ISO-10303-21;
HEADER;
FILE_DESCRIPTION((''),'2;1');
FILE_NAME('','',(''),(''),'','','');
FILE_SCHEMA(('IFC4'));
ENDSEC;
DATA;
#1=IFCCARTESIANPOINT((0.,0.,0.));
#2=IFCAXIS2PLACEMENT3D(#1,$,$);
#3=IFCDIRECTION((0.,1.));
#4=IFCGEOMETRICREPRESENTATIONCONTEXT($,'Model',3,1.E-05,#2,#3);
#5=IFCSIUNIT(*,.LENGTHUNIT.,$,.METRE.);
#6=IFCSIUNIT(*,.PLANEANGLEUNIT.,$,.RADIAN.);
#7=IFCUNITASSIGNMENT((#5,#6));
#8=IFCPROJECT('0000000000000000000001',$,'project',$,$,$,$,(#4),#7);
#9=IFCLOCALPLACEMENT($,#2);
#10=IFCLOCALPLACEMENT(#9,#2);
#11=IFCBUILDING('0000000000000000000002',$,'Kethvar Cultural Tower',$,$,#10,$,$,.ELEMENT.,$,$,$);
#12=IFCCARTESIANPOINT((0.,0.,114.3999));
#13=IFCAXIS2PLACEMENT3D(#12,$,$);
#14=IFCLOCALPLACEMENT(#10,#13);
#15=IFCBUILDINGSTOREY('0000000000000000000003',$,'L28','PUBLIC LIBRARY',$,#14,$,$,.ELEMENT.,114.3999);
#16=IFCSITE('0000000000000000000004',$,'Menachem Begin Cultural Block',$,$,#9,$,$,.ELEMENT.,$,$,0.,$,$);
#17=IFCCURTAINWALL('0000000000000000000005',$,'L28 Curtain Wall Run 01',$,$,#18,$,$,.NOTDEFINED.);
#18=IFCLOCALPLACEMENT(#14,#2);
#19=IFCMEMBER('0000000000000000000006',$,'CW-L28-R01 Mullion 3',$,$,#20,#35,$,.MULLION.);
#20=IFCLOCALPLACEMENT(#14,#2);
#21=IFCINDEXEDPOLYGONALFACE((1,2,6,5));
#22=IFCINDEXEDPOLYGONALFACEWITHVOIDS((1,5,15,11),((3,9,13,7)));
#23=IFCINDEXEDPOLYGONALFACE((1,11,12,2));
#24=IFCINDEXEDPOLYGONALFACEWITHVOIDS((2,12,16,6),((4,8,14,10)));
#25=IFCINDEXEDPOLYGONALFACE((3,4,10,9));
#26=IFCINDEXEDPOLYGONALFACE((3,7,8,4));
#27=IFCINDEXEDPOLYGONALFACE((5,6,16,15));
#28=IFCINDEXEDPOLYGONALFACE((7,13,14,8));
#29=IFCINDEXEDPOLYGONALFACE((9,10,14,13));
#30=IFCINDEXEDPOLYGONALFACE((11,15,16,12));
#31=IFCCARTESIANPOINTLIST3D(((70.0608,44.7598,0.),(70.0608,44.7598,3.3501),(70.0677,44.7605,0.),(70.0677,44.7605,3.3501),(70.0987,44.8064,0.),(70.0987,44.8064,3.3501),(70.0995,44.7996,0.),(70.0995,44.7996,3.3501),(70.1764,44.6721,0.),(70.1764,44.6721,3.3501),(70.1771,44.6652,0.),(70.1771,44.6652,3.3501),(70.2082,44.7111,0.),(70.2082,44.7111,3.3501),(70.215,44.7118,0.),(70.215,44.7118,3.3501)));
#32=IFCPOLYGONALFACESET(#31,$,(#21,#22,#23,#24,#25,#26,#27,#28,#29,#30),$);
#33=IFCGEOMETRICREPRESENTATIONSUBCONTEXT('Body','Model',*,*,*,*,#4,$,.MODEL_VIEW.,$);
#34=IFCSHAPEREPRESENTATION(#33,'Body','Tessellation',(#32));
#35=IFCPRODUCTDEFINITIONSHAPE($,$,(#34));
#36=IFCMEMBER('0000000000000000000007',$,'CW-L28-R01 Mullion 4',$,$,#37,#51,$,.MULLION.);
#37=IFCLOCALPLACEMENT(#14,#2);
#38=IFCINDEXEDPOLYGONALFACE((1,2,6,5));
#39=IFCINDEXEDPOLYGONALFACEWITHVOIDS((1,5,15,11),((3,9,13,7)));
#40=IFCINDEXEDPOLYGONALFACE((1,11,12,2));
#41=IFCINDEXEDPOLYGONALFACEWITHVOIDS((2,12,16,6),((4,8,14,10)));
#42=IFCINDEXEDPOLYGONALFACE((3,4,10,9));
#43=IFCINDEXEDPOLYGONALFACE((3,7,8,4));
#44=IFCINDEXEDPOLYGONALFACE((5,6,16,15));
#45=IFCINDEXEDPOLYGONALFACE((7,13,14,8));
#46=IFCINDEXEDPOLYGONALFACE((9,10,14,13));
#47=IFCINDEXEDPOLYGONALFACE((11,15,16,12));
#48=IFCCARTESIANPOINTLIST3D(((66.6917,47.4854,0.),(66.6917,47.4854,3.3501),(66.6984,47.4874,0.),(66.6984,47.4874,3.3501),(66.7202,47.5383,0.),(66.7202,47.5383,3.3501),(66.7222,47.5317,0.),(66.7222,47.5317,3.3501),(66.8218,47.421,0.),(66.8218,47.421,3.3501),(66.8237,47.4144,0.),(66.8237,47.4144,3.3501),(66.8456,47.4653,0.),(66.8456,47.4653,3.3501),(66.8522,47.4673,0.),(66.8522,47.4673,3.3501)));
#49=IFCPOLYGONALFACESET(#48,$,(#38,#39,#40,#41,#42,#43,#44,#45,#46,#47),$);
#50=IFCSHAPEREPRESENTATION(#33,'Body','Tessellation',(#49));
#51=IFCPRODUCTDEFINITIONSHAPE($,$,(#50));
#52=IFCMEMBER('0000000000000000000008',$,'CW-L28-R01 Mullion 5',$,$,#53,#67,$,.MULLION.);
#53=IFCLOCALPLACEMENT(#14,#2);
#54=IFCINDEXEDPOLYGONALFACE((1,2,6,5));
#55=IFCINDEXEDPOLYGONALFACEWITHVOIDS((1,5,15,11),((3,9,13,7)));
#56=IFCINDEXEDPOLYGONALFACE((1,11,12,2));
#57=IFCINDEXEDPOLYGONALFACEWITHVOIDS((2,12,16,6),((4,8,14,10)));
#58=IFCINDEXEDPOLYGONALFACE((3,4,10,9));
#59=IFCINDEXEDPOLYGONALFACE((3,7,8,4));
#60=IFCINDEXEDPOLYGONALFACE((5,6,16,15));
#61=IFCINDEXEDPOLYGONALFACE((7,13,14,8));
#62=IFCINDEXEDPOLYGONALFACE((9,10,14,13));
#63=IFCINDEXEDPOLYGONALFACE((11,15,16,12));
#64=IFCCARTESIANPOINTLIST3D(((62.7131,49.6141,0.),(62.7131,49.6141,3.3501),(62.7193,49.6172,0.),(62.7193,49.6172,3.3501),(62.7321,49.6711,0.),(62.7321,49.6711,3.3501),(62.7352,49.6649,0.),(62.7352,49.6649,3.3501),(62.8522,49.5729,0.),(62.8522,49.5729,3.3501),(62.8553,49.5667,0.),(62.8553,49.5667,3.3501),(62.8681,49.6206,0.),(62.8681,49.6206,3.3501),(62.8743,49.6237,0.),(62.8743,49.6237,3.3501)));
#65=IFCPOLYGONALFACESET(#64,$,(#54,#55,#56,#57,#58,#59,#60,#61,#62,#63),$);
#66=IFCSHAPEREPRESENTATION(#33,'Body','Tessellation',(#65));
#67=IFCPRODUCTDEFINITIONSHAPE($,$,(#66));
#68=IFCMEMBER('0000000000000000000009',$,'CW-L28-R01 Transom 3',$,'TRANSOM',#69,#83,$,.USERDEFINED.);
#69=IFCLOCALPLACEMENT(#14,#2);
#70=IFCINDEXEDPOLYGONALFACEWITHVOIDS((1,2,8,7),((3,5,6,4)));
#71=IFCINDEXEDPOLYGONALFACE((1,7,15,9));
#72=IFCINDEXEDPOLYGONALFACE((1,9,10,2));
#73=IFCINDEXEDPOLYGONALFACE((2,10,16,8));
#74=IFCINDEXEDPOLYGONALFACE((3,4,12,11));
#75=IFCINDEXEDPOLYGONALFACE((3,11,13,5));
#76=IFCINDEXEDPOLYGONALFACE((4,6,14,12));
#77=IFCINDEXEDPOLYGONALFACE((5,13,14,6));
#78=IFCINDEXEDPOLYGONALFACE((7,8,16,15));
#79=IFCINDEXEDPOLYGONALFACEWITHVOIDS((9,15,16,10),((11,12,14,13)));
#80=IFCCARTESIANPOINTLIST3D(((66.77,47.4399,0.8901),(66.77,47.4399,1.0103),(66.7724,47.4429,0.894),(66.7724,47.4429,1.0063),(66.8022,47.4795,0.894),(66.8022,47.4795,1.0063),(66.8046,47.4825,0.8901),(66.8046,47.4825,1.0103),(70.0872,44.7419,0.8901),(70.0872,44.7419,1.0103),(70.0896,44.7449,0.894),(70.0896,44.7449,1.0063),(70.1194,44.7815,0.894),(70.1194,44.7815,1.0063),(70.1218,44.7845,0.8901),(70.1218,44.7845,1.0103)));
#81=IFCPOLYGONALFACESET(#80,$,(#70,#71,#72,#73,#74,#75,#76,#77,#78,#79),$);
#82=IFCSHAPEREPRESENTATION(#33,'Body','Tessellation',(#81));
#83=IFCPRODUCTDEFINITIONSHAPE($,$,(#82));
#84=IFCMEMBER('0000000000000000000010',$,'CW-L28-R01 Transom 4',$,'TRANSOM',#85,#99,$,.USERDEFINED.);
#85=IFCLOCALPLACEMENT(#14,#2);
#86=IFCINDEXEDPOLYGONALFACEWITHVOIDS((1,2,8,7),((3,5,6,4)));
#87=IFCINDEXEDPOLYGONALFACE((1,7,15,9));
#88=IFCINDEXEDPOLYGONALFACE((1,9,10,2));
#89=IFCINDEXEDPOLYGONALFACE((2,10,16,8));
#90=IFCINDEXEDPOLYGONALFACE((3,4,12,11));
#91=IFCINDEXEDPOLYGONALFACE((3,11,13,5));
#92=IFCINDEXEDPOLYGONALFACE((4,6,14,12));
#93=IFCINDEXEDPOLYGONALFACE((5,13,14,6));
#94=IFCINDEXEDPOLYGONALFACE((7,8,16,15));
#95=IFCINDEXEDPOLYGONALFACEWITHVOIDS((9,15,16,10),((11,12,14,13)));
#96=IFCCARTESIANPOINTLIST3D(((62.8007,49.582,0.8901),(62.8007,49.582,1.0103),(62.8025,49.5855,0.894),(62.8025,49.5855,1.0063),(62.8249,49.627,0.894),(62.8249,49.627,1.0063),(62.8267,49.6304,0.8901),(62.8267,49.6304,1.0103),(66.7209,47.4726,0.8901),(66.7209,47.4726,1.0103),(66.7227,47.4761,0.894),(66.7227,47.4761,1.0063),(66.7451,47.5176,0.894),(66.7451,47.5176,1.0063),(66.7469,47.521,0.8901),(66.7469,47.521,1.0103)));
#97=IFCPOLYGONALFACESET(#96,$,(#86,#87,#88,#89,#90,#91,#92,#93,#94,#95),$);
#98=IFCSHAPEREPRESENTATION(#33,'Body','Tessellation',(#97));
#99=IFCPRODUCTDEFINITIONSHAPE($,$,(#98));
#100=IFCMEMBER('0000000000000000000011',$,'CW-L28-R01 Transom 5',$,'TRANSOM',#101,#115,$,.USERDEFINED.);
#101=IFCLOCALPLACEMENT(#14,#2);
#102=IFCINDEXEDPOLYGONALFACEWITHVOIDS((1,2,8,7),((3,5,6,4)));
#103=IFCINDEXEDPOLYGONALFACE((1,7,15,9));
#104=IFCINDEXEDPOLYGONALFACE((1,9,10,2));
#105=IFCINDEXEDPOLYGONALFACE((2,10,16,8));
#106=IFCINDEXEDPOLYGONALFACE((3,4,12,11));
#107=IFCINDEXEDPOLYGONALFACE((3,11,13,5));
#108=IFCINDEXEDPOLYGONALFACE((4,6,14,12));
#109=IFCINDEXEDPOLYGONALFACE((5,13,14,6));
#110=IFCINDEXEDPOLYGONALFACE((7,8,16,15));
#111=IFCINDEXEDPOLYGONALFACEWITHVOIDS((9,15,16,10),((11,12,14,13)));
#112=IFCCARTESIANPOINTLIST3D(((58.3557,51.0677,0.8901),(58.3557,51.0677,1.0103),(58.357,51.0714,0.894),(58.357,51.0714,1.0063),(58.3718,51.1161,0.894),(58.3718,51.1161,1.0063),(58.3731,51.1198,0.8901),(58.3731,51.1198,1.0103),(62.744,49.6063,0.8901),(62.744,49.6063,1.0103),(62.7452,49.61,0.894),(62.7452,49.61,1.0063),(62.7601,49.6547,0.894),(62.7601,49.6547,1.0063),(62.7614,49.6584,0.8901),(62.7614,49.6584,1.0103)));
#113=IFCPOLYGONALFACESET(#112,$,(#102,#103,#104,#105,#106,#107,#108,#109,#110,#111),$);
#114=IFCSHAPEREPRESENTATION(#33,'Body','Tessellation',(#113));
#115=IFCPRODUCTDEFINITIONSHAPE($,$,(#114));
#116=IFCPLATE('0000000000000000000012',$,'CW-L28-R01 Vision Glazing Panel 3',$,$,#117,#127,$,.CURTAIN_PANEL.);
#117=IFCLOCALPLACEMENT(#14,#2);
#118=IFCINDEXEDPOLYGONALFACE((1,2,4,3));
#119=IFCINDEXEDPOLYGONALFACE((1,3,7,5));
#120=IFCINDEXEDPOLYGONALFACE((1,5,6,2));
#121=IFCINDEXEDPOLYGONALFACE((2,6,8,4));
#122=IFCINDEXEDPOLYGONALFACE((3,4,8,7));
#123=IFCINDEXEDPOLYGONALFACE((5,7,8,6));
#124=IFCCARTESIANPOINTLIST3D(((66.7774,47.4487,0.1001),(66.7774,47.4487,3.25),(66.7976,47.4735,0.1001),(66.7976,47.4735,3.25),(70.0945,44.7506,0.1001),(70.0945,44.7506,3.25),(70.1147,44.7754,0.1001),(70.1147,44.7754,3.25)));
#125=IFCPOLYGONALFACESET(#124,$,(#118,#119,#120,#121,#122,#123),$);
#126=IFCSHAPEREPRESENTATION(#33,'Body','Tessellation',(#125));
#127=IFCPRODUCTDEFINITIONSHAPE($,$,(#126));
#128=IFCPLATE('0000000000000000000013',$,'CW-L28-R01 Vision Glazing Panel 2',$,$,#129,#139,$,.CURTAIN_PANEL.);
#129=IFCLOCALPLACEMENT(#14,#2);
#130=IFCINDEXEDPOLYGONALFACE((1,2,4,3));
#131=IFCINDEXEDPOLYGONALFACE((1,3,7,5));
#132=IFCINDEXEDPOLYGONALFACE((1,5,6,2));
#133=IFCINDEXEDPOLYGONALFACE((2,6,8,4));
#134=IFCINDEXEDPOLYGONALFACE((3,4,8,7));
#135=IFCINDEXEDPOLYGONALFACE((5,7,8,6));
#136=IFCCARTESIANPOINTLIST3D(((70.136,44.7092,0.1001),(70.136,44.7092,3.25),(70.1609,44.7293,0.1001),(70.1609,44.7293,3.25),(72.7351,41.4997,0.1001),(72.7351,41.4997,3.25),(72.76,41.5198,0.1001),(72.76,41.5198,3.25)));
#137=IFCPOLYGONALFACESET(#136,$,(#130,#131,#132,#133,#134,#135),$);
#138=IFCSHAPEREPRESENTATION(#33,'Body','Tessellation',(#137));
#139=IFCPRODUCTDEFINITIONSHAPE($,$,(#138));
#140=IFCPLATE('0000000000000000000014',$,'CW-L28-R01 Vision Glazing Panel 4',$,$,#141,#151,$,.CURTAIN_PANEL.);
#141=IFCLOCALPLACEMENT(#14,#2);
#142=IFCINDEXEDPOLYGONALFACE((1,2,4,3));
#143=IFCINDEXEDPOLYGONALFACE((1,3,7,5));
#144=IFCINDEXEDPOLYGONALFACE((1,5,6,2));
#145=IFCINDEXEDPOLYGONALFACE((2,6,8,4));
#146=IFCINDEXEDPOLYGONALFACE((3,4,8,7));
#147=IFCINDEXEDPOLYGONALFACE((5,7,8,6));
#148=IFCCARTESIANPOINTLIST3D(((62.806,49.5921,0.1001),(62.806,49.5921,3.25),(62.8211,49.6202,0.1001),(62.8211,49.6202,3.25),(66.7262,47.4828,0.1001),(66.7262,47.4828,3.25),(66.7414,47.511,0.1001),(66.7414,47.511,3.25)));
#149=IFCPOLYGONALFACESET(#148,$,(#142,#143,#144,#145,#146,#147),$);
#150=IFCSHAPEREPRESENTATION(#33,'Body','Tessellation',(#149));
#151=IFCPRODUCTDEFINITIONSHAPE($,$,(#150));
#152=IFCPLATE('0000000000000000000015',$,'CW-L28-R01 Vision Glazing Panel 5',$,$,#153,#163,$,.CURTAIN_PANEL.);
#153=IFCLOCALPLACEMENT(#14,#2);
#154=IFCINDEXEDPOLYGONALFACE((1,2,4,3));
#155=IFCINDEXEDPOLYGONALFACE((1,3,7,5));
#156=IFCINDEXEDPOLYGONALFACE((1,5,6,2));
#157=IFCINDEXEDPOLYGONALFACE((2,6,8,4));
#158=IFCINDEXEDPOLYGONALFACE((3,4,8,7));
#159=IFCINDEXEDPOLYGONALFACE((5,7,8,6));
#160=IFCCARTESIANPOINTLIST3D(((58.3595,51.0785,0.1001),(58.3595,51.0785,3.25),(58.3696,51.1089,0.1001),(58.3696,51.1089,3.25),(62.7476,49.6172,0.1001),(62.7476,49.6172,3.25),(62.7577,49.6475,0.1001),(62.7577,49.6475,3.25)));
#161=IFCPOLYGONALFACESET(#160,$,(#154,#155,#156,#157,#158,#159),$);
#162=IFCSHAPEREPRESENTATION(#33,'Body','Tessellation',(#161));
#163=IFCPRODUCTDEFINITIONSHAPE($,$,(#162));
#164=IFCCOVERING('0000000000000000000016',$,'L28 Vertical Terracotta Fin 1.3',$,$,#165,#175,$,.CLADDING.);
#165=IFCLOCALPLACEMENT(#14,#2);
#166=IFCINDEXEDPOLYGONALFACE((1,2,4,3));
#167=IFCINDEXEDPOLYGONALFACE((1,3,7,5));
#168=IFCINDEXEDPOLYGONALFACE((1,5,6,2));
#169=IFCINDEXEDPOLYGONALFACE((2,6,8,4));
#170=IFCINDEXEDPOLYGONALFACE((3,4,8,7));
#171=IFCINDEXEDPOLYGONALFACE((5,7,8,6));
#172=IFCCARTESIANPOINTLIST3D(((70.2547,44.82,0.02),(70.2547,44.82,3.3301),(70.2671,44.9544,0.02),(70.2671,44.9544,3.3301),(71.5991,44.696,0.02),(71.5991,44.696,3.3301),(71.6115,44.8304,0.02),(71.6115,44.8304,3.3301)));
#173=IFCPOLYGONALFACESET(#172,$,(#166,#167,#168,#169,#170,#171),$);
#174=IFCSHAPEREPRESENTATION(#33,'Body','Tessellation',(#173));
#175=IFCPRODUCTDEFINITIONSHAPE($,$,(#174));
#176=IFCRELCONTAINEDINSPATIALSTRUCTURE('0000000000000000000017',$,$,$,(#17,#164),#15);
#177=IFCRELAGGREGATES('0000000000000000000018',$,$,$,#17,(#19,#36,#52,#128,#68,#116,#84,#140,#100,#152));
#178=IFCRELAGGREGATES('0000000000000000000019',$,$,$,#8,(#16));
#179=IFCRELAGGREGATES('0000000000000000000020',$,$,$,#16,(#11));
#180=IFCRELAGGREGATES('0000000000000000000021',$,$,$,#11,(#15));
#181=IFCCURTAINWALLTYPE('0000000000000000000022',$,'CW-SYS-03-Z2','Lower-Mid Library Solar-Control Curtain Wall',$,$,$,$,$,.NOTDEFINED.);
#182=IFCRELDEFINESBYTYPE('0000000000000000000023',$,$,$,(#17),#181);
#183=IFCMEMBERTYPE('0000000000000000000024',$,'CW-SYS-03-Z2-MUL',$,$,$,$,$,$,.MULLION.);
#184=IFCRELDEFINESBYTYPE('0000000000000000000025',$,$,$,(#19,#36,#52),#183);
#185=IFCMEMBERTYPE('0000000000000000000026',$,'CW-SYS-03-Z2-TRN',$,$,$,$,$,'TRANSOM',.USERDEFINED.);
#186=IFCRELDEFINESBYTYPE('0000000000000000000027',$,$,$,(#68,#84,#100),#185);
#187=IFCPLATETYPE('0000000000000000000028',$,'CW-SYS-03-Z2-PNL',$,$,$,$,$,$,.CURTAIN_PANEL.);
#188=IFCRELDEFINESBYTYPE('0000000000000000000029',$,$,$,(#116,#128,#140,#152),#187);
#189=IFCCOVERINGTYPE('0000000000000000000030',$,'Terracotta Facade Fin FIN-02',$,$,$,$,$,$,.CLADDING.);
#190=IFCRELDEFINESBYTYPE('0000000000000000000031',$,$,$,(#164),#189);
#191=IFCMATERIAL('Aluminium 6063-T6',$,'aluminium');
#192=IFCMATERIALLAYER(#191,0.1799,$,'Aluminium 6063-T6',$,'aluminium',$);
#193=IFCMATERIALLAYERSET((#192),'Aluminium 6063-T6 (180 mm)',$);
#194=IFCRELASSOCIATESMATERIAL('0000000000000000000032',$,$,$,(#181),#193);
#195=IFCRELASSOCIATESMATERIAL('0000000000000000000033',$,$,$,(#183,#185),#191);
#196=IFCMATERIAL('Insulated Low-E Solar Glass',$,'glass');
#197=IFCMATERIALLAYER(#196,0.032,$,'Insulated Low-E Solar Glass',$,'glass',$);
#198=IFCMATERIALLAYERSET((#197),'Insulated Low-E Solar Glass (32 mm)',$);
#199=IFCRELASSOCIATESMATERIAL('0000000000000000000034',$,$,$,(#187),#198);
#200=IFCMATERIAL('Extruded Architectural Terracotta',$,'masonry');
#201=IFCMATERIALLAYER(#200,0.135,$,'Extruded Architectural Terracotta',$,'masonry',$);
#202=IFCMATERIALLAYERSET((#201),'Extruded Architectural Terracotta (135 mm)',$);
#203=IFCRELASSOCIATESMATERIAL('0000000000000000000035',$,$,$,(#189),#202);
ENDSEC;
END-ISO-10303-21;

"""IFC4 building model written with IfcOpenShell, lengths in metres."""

from ifc_helpers import new_model, si_unit, direction, frame, origin, origin_2d, place, context, subcontext, project, spatial, rectangle, hollow_rectangle, extrude, source, transform, mapped, material, layer, layer_set, material_profile, profile_set, type_object, element, aggregate, save


model = new_model("IFC4")

# Units and contexts
model_context = context("Model", 3, precision=1e-05, world=origin(), true_north=direction((0.0, 1.0)))
body_context = subcontext(model_context, "Body", "Model", "MODEL_VIEW")
ifc_project = project(units=[si_unit("LENGTHUNIT", "METRE"), si_unit("PLANEANGLEUNIT", "RADIAN")], contexts=[model_context])

# Site, building, storey
site_placement = place(None, origin())
site = spatial("IfcSite", under=ifc_project, at=site_placement, Name="Menachem Begin Cultural Block", CompositionType="ELEMENT", RefElevation=0.0)
building_placement = place(site_placement, origin())
building = spatial("IfcBuilding", under=site, at=building_placement, Name="Kethvar Cultural Tower", CompositionType="ELEMENT")
storey_placement = place(building_placement, frame((0.0, 0.0, 114.3999)))
storey = spatial("IfcBuildingStorey", under=building, at=storey_placement, Name="L28", Description="PUBLIC LIBRARY", CompositionType="ELEMENT", Elevation=114.3999)

# Curtain wall, members, plates
ifc_material_1 = material(Name="Aluminium 6063-T6", Category="aluminium")
ifc_layer_1 = layer(ifc_material_1, 0.1799, Name="Aluminium 6063-T6", Category="aluminium")
ifc_layer_set_1 = layer_set([ifc_layer_1], Name="Aluminium 6063-T6 (180 mm)")
curtain_wall_type = type_object("IfcCurtainWallType", Name="CW-SYS-03-Z2", Description="Lower-Mid Library Solar-Control Curtain Wall", PredefinedType="NOTDEFINED", material=ifc_layer_set_1)
curtain_wall_placement = place(storey_placement, origin())
curtain_wall = element("IfcCurtainWall", 1, at=curtain_wall_placement, inside=storey, type_object=curtain_wall_type, Name="L28 Curtain Wall Run 01", PredefinedType="NOTDEFINED")
ifc_material_profile_1 = material_profile(ifc_material_1, hollow_rectangle(XDim=0.0601, YDim=0.1499, WallThickness=0.0049, at=origin_2d()), Name="Aluminium 6063-T6 — RHS150x60x5")
ifc_profile_set_1 = profile_set([ifc_material_profile_1], Name="Aluminium 6063-T6 — RHS150x60x5")
member_type_1 = type_object("IfcMemberType", Name="CW-SYS-03-Z2-MUL", PredefinedType="MULLION", material=ifc_profile_set_1)
shared_shape_1 = source(origin(), body_context, "Body", "SweptSolid", [
    extrude(hollow_rectangle(XDim=0.0601, YDim=0.1499, WallThickness=0.0049, at=origin_2d()), origin(), (0.0, 0.0, 1.0), 3.3501),
])
member_1_placement = place(storey_placement, frame((70.1379, 44.7358, 0.0), z_axis=(0.0, 0.0, 1.0), x_axis=(-0.631014, -0.775771, 0.0)))
member_1 = element("IfcMember", 2, at=member_1_placement, type_object=member_type_1, Name="CW-L28-R01 Mullion 3", PredefinedType="MULLION", context=body_context, shape_type="MappedRepresentation", body=[
    mapped(shared_shape_1, transform((0.0, 0.0, 0.0), scale=1.0)),
])
member_2_placement = place(storey_placement, frame((66.772, 47.4763, 0.0), z_axis=(0.0, 0.0, 1.0), x_axis=(-0.473812, -0.880626, 0.0)))
member_2 = element("IfcMember", 3, at=member_2_placement, type_object=member_type_1, Name="CW-L28-R01 Mullion 4", PredefinedType="MULLION", context=body_context, shape_type="MappedRepresentation", body=[
    mapped(shared_shape_1, transform((0.0, 0.0, 0.0), scale=1.0)),
])
member_3_placement = place(storey_placement, frame((62.7937, 49.6189, 0.0), z_axis=(0.0, 0.0, 1.0), x_axis=(-0.315964, -0.948771, 0.0)))
member_3 = element("IfcMember", 4, at=member_3_placement, type_object=member_type_1, Name="CW-L28-R01 Mullion 5", PredefinedType="MULLION", context=body_context, shape_type="MappedRepresentation", body=[
    mapped(shared_shape_1, transform((0.0, 0.0, 0.0), scale=1.0)),
])
ifc_material_profile_2 = material_profile(ifc_material_1, hollow_rectangle(XDim=0.0549, YDim=0.1201, WallThickness=0.0039, at=origin_2d()), Name="Aluminium 6063-T6 — RHS120x55x4")
ifc_profile_set_2 = profile_set([ifc_material_profile_2], Name="Aluminium 6063-T6 — RHS120x55x4")
member_type_2 = type_object("IfcMemberType", Name="CW-SYS-03-Z2-TRN", ElementType="TRANSOM", PredefinedType="USERDEFINED", material=ifc_profile_set_2)
shared_shape_2 = source(origin(), body_context, "Body", "SweptSolid", [
    extrude(hollow_rectangle(XDim=0.0549, YDim=0.1201, WallThickness=0.0039, at=origin_2d()), origin(), (0.0, 0.0, 1.0), 4.2759),
])
member_4_placement = place(storey_placement, frame((70.1045, 44.7632, 0.9502), z_axis=(-0.775791, 0.63099, 0.0), x_axis=(-0.63099, -0.775791, 0.0)))
member_4 = element("IfcMember", 5, at=member_4_placement, type_object=member_type_2, Name="CW-L28-R01 Transom 3", ObjectType="TRANSOM", PredefinedType="USERDEFINED", context=body_context, shape_type="MappedRepresentation", body=[
    mapped(shared_shape_2, transform((0.0, 0.0, 0.0), scale=1.0)),
])
shared_shape_3 = source(origin(), body_context, "Body", "SweptSolid", [
    extrude(hollow_rectangle(XDim=0.0549, YDim=0.1201, WallThickness=0.0039, at=origin_2d()), origin(), (0.0, 0.0, 1.0), 4.4517),
])
member_5_placement = place(storey_placement, frame((66.7339, 47.4968, 0.9502), z_axis=(-0.88061, 0.473841, 0.0), x_axis=(-0.473841, -0.88061, 0.0)))
member_5 = element("IfcMember", 6, at=member_5_placement, type_object=member_type_2, Name="CW-L28-R01 Transom 4", ObjectType="TRANSOM", PredefinedType="USERDEFINED", context=body_context, shape_type="MappedRepresentation", body=[
    mapped(shared_shape_3, transform((0.0, 0.0, 0.0), scale=1.0)),
])
shared_shape_4 = source(origin(), body_context, "Body", "SweptSolid", [
    extrude(hollow_rectangle(XDim=0.0549, YDim=0.1201, WallThickness=0.0039, at=origin_2d()), origin(), (0.0, 0.0, 1.0), 4.6252),
])
member_6_placement = place(storey_placement, frame((62.7527, 49.6323, 0.9502), z_axis=(-0.948768, 0.315974, 0.0), x_axis=(-0.315974, -0.948768, 0.0)))
member_6 = element("IfcMember", 7, at=member_6_placement, type_object=member_type_2, Name="CW-L28-R01 Transom 5", ObjectType="TRANSOM", PredefinedType="USERDEFINED", context=body_context, shape_type="MappedRepresentation", body=[
    mapped(shared_shape_4, transform((0.0, 0.0, 0.0), scale=1.0)),
])
ifc_material_2 = material(Name="Insulated Low-E Solar Glass", Category="glass")
ifc_layer_2 = layer(ifc_material_2, 0.032, Name="Insulated Low-E Solar Glass", Category="glass")
ifc_layer_set_2 = layer_set([ifc_layer_2], Name="Insulated Low-E Solar Glass (32 mm)")
plate_type = type_object("IfcPlateType", Name="CW-SYS-03-Z2-PNL", PredefinedType="CURTAIN_PANEL", material=ifc_layer_set_2)
shared_shape_5 = source(origin(), body_context, "Body", "SweptSolid", [
    extrude(rectangle(XDim=4.2759, YDim=0.032, at=origin_2d()), origin(), (0.0, 0.0, 1.0), 3.1499),
])
plate_1_placement = place(storey_placement, frame((68.446, 46.1121, 0.1001), z_axis=(0.0, 0.0, 1.0), x_axis=(-0.775771, 0.631014, 0.0)))
plate_1 = element("IfcPlate", 8, at=plate_1_placement, type_object=plate_type, Name="CW-L28-R01 Vision Glazing Panel 3", PredefinedType="CURTAIN_PANEL", context=body_context, shape_type="MappedRepresentation", body=[
    mapped(shared_shape_5, transform((0.0, 0.0, 0.0), scale=1.0)),
])
shared_shape_6 = source(origin(), body_context, "Body", "SweptSolid", [
    extrude(rectangle(XDim=4.1299, YDim=0.032, at=origin_2d()), origin(), (0.0, 0.0, 1.0), 3.1499),
])
plate_2_placement = place(storey_placement, frame((71.448, 43.1145, 0.1001), z_axis=(0.0, 0.0, 1.0), x_axis=(-0.629334, 0.777135, 0.0)))
plate_2 = element("IfcPlate", 9, at=plate_2_placement, type_object=plate_type, Name="CW-L28-R01 Vision Glazing Panel 2", PredefinedType="CURTAIN_PANEL", context=body_context, shape_type="MappedRepresentation", body=[
    mapped(shared_shape_6, transform((0.0, 0.0, 0.0), scale=1.0)),
])
shared_shape_7 = source(origin(), body_context, "Body", "SweptSolid", [
    extrude(rectangle(XDim=4.4517, YDim=0.032, at=origin_2d()), origin(), (0.0, 0.0, 1.0), 3.1499),
])
plate_3_placement = place(storey_placement, frame((64.7737, 48.5515, 0.1001), z_axis=(0.0, 0.0, 1.0), x_axis=(-0.880626, 0.473812, 0.0)))
plate_3 = element("IfcPlate", 10, at=plate_3_placement, type_object=plate_type, Name="CW-L28-R01 Vision Glazing Panel 4", PredefinedType="CURTAIN_PANEL", context=body_context, shape_type="MappedRepresentation", body=[
    mapped(shared_shape_7, transform((0.0, 0.0, 0.0), scale=1.0)),
])
shared_shape_8 = source(origin(), body_context, "Body", "SweptSolid", [
    extrude(rectangle(XDim=4.625, YDim=0.032, at=origin_2d()), origin(), (0.0, 0.0, 1.0), 3.1499),
])
plate_4_placement = place(storey_placement, frame((60.5586, 50.363, 0.1001), z_axis=(0.0, 0.0, 1.0), x_axis=(-0.948771, 0.315964, 0.0)))
plate_4 = element("IfcPlate", 11, at=plate_4_placement, type_object=plate_type, Name="CW-L28-R01 Vision Glazing Panel 5", PredefinedType="CURTAIN_PANEL", context=body_context, shape_type="MappedRepresentation", body=[
    mapped(shared_shape_8, transform((0.0, 0.0, 0.0), scale=1.0)),
])
aggregate(curtain_wall, [member_1, member_2, member_3, plate_2, member_4, plate_1, member_5, plate_3, member_6, plate_4])

# Covering
ifc_material_3 = material(Name="Extruded Architectural Terracotta", Category="masonry")
ifc_layer_3 = layer(ifc_material_3, 0.135, Name="Extruded Architectural Terracotta", Category="masonry")
ifc_layer_set_3 = layer_set([ifc_layer_3], Name="Extruded Architectural Terracotta (135 mm)")
covering_type = type_object("IfcCoveringType", Name="Terracotta Facade Fin FIN-02", PredefinedType="CLADDING", material=ifc_layer_set_3)
shared_shape_9 = source(origin(), body_context, "Body", "SweptSolid", [
    extrude(rectangle(XDim=1.3501, YDim=0.135, at=origin_2d()), origin(), (0.0, 0.0, 1.0), 3.3101),
])
for number, where, z_axis, x_axis, name in (
    (12, (70.9331, 44.8252, 0.02), (0.0, 0.0, 1.0), (0.995773, -0.091849, 0.0), "L28 Vertical Terracotta Fin 1.3"),
):
    element("IfcCovering", number, at=place(storey_placement, frame(where, z_axis=z_axis, x_axis=x_axis)), inside=storey, type_object=covering_type, Name=name, PredefinedType="CLADDING", context=body_context, shape_type="MappedRepresentation", body=[
        mapped(shared_shape_9, transform((0.0, 0.0, 0.0), scale=1.0)),
    ])

save(model, "model.ifc")
